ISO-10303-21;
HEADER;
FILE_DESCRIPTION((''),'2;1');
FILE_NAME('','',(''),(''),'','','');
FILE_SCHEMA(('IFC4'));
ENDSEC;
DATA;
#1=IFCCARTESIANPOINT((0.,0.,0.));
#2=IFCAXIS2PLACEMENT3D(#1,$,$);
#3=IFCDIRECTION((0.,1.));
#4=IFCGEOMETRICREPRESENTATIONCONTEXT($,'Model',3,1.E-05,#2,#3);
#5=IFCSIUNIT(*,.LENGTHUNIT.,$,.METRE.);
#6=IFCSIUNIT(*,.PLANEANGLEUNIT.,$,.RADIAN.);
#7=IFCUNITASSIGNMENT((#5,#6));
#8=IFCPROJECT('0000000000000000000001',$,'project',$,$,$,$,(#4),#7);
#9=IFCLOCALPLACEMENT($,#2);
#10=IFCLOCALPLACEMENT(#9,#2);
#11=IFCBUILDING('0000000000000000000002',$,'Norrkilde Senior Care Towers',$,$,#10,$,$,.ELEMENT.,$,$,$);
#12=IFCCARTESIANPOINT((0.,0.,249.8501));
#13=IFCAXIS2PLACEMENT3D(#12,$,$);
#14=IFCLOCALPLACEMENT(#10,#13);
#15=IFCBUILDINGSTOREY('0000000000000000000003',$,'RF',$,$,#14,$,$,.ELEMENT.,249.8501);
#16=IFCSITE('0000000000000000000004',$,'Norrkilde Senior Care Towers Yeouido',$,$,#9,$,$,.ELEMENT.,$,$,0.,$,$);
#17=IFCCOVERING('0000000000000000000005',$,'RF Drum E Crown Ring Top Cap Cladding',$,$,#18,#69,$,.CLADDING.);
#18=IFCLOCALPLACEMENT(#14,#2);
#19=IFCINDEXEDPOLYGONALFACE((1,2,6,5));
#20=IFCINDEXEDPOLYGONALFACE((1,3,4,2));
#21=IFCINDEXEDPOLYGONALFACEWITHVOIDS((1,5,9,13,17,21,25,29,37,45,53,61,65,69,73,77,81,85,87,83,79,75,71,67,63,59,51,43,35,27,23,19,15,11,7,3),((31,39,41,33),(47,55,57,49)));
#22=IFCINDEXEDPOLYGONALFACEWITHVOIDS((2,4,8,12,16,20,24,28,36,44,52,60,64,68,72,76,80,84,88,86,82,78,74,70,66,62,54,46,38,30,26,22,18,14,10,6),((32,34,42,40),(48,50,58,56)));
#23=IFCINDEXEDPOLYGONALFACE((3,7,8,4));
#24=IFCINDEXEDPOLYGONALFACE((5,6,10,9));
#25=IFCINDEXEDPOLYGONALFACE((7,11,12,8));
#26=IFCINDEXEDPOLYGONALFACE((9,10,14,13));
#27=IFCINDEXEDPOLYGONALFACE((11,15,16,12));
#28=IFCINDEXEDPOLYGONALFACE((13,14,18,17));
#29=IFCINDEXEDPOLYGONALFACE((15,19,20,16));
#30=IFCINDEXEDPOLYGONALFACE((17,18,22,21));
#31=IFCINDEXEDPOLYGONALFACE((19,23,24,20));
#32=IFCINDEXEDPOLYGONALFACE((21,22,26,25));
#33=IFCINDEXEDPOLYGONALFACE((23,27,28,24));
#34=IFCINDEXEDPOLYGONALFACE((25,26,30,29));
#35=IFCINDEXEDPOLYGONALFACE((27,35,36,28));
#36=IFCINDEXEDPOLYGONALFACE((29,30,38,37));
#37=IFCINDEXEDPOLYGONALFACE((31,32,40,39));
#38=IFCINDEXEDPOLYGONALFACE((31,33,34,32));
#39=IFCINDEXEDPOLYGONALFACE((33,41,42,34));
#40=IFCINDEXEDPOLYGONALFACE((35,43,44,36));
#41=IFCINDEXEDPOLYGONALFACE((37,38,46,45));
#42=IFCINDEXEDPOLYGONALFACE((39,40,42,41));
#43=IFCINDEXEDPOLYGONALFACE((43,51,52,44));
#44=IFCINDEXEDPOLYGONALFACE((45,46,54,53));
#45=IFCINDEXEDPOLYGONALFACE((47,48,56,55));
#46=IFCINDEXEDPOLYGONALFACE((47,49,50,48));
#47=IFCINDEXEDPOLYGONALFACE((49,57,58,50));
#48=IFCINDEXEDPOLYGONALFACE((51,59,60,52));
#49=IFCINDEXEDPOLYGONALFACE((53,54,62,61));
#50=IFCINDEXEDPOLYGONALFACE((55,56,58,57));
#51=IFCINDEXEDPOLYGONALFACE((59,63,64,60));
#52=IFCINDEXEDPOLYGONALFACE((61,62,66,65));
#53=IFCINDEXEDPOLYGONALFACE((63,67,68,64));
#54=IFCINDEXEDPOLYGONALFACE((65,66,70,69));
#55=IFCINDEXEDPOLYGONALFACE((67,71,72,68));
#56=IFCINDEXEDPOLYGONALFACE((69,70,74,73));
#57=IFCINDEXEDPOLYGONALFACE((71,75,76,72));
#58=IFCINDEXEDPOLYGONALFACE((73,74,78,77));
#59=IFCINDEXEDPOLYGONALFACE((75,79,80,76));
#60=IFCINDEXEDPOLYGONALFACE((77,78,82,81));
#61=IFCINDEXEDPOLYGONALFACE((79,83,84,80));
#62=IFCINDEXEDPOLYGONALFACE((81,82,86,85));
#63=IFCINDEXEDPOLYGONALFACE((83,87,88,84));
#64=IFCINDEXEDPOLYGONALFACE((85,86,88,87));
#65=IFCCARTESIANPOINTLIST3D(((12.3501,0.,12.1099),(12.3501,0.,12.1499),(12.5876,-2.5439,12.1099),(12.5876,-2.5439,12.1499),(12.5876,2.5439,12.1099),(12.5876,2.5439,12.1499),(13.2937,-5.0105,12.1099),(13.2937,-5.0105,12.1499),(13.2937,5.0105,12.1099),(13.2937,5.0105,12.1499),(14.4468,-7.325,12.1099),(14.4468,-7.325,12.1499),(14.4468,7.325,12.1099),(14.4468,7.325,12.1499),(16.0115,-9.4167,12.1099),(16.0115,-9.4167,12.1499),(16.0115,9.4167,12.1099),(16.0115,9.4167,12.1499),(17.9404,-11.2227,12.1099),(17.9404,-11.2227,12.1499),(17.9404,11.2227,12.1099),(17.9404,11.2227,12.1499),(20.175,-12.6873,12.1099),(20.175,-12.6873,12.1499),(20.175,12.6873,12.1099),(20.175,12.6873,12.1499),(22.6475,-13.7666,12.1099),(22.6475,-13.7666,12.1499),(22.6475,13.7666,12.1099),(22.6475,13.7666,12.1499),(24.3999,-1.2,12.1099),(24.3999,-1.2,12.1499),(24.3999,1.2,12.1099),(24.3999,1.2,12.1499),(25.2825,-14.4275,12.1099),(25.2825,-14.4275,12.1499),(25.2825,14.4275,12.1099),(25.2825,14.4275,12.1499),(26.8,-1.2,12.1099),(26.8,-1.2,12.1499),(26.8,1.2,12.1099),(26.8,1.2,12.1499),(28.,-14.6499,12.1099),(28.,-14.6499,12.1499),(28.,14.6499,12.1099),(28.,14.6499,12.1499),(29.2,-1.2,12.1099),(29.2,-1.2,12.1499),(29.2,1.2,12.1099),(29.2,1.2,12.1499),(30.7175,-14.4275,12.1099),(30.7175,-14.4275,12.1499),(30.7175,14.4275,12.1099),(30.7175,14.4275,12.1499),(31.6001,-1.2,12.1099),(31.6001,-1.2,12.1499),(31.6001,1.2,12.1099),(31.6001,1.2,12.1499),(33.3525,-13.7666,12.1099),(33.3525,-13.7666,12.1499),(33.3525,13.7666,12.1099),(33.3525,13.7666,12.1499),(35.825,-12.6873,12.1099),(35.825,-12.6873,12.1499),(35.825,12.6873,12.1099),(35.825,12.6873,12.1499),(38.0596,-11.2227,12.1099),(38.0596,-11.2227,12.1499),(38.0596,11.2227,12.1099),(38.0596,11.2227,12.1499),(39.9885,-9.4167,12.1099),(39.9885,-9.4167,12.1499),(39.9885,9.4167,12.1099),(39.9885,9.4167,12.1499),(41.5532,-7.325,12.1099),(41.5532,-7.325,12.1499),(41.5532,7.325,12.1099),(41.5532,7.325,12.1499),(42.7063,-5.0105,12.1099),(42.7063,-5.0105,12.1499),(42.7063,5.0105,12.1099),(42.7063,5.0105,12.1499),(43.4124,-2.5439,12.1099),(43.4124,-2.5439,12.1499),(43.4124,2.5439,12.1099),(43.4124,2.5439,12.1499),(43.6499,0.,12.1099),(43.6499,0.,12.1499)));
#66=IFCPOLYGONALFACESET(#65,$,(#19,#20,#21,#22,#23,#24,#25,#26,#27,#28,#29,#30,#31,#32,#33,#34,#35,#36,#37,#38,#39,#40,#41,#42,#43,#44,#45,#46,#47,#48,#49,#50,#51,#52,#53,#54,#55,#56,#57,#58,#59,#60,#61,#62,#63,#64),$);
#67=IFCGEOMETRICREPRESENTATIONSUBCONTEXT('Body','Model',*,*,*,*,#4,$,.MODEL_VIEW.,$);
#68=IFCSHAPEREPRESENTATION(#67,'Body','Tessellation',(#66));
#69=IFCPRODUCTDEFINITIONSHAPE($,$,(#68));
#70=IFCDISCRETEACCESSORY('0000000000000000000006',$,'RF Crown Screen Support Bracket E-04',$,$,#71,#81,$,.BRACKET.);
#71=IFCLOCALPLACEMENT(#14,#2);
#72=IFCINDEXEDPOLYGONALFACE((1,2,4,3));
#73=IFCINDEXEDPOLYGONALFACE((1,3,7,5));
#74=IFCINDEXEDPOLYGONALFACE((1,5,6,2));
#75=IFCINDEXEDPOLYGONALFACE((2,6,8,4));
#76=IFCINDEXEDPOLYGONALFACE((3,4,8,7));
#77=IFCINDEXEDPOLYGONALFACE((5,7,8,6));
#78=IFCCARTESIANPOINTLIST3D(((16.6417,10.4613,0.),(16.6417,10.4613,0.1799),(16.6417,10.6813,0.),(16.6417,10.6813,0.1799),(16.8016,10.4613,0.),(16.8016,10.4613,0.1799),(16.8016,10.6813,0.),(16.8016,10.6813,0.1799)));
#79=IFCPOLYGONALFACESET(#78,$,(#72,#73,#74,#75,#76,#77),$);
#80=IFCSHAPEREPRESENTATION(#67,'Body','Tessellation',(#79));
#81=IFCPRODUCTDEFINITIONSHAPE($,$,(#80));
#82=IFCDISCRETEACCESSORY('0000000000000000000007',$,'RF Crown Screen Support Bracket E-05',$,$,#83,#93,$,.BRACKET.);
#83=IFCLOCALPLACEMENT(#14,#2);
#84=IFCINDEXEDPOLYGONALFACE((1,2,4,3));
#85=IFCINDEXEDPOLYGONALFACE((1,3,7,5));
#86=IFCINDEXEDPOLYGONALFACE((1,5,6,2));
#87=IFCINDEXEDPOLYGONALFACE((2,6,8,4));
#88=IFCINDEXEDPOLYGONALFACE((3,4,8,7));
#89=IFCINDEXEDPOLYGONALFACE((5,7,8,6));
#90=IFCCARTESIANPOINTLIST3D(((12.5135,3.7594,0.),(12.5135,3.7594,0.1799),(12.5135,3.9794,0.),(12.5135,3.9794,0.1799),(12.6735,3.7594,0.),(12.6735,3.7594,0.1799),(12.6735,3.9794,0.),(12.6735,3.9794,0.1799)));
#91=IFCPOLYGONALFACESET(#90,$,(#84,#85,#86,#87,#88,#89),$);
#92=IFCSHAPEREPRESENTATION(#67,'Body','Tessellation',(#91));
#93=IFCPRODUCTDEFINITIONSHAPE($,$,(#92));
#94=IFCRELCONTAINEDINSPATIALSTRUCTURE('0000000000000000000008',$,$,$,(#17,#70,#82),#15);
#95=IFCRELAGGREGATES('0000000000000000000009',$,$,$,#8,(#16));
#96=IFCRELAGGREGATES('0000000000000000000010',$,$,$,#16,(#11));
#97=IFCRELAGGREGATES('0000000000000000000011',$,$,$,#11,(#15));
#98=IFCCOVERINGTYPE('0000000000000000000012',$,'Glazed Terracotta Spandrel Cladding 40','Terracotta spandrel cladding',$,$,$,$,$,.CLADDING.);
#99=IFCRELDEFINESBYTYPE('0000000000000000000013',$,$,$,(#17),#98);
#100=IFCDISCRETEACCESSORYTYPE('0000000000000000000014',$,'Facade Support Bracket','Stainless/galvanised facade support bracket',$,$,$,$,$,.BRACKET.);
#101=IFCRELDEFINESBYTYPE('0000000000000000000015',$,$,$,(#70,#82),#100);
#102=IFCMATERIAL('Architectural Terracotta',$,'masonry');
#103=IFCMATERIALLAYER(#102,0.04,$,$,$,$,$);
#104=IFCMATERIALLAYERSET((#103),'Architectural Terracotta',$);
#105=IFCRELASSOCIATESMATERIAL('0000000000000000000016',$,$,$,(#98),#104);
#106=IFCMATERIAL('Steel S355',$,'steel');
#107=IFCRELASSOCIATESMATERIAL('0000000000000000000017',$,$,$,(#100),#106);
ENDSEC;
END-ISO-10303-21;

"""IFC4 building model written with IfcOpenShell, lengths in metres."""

from ifc_helpers import new_model, si_unit, direction, frame, origin, origin_2d, place, context, subcontext, project, spatial, polyline, rectangle, outline, extrude, source, transform, mapped, material, layer, layer_set, type_object, type_shapes, element, save


model = new_model("IFC4")

# Units and contexts
model_context = context("Model", 3, precision=1e-05, world=origin(), true_north=direction((0.0, 1.0)))
body_context = subcontext(model_context, "Body", "Model", "MODEL_VIEW")
ifc_project = project(units=[si_unit("LENGTHUNIT", "METRE"), si_unit("PLANEANGLEUNIT", "RADIAN")], contexts=[model_context])

# Site, building, storey
site_placement = place(None, origin())
site = spatial("IfcSite", under=ifc_project, at=site_placement, Name="Norrkilde Senior Care Towers Yeouido", CompositionType="ELEMENT", RefElevation=0.0)
building_placement = place(site_placement, origin())
building = spatial("IfcBuilding", under=site, at=building_placement, Name="Norrkilde Senior Care Towers", CompositionType="ELEMENT")
storey_placement = place(building_placement, frame((0.0, 0.0, 249.8501)))
storey = spatial("IfcBuildingStorey", under=building, at=storey_placement, Name="RF", CompositionType="ELEMENT", Elevation=249.8501)

# Shared definitions
ifc_material_1 = material(Name="Steel S355", Category="steel")

# Shared definitions
ifc_material_2 = material(Name="Architectural Terracotta", Category="masonry")

# Covering
ifc_layer_1 = layer(ifc_material_2, 0.04)
ifc_layer_set_1 = layer_set([ifc_layer_1], Name="Architectural Terracotta")
covering_type = type_object("IfcCoveringType", Name="Glazed Terracotta Spandrel Cladding 40", Description="Terracotta spandrel cladding", PredefinedType="CLADDING", material=ifc_layer_set_1)
covering_1_placement = place(storey_placement, frame((0.0, 0.0, 12.1099)))
element("IfcCovering", 1, at=covering_1_placement, inside=storey, type_object=covering_type, Name="RF Drum E Crown Ring Top Cap Cladding", PredefinedType="CLADDING", context=body_context, shape_type="SweptSolid", body=[
    extrude(outline(polyline([(43.6499, 0.0), (43.4124, 2.5439), (42.7063, 5.0105), (41.5532, 7.325), (39.9885, 9.4167), (38.0596, 11.2227), (35.825, 12.6873), (33.3525, 13.7666), (30.7175, 14.4275), (28.0, 14.6499), (25.2825, 14.4275), (22.6475, 13.7666), (20.175, 12.6873), (17.9404, 11.2227), (16.0115, 9.4167), (14.4468, 7.325), (13.2937, 5.0105), (12.5876, 2.5439), (12.3501, 0.0), (12.5876, -2.5439), (13.2937, -5.0105), (14.4468, -7.325), (16.0115, -9.4167), (17.9404, -11.2227), (20.175, -12.6873), (22.6475, -13.7666), (25.2825, -14.4275), (28.0, -14.6499), (30.7175, -14.4275), (33.3525, -13.7666), (35.825, -12.6873), (38.0596, -11.2227), (39.9885, -9.4167), (41.5532, -7.325), (42.7063, -5.0105), (43.4124, -2.5439), (43.6499, 0.0)]), holes=[polyline([(24.3999, -1.2), (26.8, -1.2), (26.8, 1.2), (24.3999, 1.2), (24.3999, -1.2)]), polyline([(29.2, -1.2), (31.6001, -1.2), (31.6001, 1.2), (29.2, 1.2), (29.2, -1.2)])]), origin(), (0.0, 0.0, 1.0), 0.04),
])

# Discrete accessories
discrete_accessory_type = type_object("IfcDiscreteAccessoryType", Name="Facade Support Bracket", Description="Stainless/galvanised facade support bracket", PredefinedType="BRACKET", material=ifc_material_1)
shared_shape_1 = source(origin(), body_context, "Body", "SweptSolid", [
    extrude(rectangle(XDim=0.1599, YDim=0.22, at=origin_2d()), origin(), (0.0, 0.0, 1.0), 0.1799),
])
type_shapes(discrete_accessory_type, [shared_shape_1])
for number, where, z_axis, x_axis, name in (
    (2, (16.7217, 10.5713, 0.0), (0.0, 0.0, 1.0), (1.0, 0.0, 0.0), "RF Crown Screen Support Bracket E-04"),
    (3, (12.5935, 3.8694, 0.0), (0.0, 0.0, 1.0), (1.0, 0.0, 0.0), "RF Crown Screen Support Bracket E-05"),
):
    element("IfcDiscreteAccessory", number, at=place(storey_placement, frame(where, z_axis=z_axis, x_axis=x_axis)), inside=storey, type_object=discrete_accessory_type, Name=name, PredefinedType="BRACKET", context=body_context, shape_type="MappedRepresentation", body=[
        mapped(shared_shape_1, transform((0.0, 0.0, 0.0), x_axis=(1.0, 0.0, 0.0), y_axis=(0.0, 1.0, 0.0), z_axis=(0.0, 0.0, 1.0), scale=1.0)),
    ])

save(model, "model.ifc")
